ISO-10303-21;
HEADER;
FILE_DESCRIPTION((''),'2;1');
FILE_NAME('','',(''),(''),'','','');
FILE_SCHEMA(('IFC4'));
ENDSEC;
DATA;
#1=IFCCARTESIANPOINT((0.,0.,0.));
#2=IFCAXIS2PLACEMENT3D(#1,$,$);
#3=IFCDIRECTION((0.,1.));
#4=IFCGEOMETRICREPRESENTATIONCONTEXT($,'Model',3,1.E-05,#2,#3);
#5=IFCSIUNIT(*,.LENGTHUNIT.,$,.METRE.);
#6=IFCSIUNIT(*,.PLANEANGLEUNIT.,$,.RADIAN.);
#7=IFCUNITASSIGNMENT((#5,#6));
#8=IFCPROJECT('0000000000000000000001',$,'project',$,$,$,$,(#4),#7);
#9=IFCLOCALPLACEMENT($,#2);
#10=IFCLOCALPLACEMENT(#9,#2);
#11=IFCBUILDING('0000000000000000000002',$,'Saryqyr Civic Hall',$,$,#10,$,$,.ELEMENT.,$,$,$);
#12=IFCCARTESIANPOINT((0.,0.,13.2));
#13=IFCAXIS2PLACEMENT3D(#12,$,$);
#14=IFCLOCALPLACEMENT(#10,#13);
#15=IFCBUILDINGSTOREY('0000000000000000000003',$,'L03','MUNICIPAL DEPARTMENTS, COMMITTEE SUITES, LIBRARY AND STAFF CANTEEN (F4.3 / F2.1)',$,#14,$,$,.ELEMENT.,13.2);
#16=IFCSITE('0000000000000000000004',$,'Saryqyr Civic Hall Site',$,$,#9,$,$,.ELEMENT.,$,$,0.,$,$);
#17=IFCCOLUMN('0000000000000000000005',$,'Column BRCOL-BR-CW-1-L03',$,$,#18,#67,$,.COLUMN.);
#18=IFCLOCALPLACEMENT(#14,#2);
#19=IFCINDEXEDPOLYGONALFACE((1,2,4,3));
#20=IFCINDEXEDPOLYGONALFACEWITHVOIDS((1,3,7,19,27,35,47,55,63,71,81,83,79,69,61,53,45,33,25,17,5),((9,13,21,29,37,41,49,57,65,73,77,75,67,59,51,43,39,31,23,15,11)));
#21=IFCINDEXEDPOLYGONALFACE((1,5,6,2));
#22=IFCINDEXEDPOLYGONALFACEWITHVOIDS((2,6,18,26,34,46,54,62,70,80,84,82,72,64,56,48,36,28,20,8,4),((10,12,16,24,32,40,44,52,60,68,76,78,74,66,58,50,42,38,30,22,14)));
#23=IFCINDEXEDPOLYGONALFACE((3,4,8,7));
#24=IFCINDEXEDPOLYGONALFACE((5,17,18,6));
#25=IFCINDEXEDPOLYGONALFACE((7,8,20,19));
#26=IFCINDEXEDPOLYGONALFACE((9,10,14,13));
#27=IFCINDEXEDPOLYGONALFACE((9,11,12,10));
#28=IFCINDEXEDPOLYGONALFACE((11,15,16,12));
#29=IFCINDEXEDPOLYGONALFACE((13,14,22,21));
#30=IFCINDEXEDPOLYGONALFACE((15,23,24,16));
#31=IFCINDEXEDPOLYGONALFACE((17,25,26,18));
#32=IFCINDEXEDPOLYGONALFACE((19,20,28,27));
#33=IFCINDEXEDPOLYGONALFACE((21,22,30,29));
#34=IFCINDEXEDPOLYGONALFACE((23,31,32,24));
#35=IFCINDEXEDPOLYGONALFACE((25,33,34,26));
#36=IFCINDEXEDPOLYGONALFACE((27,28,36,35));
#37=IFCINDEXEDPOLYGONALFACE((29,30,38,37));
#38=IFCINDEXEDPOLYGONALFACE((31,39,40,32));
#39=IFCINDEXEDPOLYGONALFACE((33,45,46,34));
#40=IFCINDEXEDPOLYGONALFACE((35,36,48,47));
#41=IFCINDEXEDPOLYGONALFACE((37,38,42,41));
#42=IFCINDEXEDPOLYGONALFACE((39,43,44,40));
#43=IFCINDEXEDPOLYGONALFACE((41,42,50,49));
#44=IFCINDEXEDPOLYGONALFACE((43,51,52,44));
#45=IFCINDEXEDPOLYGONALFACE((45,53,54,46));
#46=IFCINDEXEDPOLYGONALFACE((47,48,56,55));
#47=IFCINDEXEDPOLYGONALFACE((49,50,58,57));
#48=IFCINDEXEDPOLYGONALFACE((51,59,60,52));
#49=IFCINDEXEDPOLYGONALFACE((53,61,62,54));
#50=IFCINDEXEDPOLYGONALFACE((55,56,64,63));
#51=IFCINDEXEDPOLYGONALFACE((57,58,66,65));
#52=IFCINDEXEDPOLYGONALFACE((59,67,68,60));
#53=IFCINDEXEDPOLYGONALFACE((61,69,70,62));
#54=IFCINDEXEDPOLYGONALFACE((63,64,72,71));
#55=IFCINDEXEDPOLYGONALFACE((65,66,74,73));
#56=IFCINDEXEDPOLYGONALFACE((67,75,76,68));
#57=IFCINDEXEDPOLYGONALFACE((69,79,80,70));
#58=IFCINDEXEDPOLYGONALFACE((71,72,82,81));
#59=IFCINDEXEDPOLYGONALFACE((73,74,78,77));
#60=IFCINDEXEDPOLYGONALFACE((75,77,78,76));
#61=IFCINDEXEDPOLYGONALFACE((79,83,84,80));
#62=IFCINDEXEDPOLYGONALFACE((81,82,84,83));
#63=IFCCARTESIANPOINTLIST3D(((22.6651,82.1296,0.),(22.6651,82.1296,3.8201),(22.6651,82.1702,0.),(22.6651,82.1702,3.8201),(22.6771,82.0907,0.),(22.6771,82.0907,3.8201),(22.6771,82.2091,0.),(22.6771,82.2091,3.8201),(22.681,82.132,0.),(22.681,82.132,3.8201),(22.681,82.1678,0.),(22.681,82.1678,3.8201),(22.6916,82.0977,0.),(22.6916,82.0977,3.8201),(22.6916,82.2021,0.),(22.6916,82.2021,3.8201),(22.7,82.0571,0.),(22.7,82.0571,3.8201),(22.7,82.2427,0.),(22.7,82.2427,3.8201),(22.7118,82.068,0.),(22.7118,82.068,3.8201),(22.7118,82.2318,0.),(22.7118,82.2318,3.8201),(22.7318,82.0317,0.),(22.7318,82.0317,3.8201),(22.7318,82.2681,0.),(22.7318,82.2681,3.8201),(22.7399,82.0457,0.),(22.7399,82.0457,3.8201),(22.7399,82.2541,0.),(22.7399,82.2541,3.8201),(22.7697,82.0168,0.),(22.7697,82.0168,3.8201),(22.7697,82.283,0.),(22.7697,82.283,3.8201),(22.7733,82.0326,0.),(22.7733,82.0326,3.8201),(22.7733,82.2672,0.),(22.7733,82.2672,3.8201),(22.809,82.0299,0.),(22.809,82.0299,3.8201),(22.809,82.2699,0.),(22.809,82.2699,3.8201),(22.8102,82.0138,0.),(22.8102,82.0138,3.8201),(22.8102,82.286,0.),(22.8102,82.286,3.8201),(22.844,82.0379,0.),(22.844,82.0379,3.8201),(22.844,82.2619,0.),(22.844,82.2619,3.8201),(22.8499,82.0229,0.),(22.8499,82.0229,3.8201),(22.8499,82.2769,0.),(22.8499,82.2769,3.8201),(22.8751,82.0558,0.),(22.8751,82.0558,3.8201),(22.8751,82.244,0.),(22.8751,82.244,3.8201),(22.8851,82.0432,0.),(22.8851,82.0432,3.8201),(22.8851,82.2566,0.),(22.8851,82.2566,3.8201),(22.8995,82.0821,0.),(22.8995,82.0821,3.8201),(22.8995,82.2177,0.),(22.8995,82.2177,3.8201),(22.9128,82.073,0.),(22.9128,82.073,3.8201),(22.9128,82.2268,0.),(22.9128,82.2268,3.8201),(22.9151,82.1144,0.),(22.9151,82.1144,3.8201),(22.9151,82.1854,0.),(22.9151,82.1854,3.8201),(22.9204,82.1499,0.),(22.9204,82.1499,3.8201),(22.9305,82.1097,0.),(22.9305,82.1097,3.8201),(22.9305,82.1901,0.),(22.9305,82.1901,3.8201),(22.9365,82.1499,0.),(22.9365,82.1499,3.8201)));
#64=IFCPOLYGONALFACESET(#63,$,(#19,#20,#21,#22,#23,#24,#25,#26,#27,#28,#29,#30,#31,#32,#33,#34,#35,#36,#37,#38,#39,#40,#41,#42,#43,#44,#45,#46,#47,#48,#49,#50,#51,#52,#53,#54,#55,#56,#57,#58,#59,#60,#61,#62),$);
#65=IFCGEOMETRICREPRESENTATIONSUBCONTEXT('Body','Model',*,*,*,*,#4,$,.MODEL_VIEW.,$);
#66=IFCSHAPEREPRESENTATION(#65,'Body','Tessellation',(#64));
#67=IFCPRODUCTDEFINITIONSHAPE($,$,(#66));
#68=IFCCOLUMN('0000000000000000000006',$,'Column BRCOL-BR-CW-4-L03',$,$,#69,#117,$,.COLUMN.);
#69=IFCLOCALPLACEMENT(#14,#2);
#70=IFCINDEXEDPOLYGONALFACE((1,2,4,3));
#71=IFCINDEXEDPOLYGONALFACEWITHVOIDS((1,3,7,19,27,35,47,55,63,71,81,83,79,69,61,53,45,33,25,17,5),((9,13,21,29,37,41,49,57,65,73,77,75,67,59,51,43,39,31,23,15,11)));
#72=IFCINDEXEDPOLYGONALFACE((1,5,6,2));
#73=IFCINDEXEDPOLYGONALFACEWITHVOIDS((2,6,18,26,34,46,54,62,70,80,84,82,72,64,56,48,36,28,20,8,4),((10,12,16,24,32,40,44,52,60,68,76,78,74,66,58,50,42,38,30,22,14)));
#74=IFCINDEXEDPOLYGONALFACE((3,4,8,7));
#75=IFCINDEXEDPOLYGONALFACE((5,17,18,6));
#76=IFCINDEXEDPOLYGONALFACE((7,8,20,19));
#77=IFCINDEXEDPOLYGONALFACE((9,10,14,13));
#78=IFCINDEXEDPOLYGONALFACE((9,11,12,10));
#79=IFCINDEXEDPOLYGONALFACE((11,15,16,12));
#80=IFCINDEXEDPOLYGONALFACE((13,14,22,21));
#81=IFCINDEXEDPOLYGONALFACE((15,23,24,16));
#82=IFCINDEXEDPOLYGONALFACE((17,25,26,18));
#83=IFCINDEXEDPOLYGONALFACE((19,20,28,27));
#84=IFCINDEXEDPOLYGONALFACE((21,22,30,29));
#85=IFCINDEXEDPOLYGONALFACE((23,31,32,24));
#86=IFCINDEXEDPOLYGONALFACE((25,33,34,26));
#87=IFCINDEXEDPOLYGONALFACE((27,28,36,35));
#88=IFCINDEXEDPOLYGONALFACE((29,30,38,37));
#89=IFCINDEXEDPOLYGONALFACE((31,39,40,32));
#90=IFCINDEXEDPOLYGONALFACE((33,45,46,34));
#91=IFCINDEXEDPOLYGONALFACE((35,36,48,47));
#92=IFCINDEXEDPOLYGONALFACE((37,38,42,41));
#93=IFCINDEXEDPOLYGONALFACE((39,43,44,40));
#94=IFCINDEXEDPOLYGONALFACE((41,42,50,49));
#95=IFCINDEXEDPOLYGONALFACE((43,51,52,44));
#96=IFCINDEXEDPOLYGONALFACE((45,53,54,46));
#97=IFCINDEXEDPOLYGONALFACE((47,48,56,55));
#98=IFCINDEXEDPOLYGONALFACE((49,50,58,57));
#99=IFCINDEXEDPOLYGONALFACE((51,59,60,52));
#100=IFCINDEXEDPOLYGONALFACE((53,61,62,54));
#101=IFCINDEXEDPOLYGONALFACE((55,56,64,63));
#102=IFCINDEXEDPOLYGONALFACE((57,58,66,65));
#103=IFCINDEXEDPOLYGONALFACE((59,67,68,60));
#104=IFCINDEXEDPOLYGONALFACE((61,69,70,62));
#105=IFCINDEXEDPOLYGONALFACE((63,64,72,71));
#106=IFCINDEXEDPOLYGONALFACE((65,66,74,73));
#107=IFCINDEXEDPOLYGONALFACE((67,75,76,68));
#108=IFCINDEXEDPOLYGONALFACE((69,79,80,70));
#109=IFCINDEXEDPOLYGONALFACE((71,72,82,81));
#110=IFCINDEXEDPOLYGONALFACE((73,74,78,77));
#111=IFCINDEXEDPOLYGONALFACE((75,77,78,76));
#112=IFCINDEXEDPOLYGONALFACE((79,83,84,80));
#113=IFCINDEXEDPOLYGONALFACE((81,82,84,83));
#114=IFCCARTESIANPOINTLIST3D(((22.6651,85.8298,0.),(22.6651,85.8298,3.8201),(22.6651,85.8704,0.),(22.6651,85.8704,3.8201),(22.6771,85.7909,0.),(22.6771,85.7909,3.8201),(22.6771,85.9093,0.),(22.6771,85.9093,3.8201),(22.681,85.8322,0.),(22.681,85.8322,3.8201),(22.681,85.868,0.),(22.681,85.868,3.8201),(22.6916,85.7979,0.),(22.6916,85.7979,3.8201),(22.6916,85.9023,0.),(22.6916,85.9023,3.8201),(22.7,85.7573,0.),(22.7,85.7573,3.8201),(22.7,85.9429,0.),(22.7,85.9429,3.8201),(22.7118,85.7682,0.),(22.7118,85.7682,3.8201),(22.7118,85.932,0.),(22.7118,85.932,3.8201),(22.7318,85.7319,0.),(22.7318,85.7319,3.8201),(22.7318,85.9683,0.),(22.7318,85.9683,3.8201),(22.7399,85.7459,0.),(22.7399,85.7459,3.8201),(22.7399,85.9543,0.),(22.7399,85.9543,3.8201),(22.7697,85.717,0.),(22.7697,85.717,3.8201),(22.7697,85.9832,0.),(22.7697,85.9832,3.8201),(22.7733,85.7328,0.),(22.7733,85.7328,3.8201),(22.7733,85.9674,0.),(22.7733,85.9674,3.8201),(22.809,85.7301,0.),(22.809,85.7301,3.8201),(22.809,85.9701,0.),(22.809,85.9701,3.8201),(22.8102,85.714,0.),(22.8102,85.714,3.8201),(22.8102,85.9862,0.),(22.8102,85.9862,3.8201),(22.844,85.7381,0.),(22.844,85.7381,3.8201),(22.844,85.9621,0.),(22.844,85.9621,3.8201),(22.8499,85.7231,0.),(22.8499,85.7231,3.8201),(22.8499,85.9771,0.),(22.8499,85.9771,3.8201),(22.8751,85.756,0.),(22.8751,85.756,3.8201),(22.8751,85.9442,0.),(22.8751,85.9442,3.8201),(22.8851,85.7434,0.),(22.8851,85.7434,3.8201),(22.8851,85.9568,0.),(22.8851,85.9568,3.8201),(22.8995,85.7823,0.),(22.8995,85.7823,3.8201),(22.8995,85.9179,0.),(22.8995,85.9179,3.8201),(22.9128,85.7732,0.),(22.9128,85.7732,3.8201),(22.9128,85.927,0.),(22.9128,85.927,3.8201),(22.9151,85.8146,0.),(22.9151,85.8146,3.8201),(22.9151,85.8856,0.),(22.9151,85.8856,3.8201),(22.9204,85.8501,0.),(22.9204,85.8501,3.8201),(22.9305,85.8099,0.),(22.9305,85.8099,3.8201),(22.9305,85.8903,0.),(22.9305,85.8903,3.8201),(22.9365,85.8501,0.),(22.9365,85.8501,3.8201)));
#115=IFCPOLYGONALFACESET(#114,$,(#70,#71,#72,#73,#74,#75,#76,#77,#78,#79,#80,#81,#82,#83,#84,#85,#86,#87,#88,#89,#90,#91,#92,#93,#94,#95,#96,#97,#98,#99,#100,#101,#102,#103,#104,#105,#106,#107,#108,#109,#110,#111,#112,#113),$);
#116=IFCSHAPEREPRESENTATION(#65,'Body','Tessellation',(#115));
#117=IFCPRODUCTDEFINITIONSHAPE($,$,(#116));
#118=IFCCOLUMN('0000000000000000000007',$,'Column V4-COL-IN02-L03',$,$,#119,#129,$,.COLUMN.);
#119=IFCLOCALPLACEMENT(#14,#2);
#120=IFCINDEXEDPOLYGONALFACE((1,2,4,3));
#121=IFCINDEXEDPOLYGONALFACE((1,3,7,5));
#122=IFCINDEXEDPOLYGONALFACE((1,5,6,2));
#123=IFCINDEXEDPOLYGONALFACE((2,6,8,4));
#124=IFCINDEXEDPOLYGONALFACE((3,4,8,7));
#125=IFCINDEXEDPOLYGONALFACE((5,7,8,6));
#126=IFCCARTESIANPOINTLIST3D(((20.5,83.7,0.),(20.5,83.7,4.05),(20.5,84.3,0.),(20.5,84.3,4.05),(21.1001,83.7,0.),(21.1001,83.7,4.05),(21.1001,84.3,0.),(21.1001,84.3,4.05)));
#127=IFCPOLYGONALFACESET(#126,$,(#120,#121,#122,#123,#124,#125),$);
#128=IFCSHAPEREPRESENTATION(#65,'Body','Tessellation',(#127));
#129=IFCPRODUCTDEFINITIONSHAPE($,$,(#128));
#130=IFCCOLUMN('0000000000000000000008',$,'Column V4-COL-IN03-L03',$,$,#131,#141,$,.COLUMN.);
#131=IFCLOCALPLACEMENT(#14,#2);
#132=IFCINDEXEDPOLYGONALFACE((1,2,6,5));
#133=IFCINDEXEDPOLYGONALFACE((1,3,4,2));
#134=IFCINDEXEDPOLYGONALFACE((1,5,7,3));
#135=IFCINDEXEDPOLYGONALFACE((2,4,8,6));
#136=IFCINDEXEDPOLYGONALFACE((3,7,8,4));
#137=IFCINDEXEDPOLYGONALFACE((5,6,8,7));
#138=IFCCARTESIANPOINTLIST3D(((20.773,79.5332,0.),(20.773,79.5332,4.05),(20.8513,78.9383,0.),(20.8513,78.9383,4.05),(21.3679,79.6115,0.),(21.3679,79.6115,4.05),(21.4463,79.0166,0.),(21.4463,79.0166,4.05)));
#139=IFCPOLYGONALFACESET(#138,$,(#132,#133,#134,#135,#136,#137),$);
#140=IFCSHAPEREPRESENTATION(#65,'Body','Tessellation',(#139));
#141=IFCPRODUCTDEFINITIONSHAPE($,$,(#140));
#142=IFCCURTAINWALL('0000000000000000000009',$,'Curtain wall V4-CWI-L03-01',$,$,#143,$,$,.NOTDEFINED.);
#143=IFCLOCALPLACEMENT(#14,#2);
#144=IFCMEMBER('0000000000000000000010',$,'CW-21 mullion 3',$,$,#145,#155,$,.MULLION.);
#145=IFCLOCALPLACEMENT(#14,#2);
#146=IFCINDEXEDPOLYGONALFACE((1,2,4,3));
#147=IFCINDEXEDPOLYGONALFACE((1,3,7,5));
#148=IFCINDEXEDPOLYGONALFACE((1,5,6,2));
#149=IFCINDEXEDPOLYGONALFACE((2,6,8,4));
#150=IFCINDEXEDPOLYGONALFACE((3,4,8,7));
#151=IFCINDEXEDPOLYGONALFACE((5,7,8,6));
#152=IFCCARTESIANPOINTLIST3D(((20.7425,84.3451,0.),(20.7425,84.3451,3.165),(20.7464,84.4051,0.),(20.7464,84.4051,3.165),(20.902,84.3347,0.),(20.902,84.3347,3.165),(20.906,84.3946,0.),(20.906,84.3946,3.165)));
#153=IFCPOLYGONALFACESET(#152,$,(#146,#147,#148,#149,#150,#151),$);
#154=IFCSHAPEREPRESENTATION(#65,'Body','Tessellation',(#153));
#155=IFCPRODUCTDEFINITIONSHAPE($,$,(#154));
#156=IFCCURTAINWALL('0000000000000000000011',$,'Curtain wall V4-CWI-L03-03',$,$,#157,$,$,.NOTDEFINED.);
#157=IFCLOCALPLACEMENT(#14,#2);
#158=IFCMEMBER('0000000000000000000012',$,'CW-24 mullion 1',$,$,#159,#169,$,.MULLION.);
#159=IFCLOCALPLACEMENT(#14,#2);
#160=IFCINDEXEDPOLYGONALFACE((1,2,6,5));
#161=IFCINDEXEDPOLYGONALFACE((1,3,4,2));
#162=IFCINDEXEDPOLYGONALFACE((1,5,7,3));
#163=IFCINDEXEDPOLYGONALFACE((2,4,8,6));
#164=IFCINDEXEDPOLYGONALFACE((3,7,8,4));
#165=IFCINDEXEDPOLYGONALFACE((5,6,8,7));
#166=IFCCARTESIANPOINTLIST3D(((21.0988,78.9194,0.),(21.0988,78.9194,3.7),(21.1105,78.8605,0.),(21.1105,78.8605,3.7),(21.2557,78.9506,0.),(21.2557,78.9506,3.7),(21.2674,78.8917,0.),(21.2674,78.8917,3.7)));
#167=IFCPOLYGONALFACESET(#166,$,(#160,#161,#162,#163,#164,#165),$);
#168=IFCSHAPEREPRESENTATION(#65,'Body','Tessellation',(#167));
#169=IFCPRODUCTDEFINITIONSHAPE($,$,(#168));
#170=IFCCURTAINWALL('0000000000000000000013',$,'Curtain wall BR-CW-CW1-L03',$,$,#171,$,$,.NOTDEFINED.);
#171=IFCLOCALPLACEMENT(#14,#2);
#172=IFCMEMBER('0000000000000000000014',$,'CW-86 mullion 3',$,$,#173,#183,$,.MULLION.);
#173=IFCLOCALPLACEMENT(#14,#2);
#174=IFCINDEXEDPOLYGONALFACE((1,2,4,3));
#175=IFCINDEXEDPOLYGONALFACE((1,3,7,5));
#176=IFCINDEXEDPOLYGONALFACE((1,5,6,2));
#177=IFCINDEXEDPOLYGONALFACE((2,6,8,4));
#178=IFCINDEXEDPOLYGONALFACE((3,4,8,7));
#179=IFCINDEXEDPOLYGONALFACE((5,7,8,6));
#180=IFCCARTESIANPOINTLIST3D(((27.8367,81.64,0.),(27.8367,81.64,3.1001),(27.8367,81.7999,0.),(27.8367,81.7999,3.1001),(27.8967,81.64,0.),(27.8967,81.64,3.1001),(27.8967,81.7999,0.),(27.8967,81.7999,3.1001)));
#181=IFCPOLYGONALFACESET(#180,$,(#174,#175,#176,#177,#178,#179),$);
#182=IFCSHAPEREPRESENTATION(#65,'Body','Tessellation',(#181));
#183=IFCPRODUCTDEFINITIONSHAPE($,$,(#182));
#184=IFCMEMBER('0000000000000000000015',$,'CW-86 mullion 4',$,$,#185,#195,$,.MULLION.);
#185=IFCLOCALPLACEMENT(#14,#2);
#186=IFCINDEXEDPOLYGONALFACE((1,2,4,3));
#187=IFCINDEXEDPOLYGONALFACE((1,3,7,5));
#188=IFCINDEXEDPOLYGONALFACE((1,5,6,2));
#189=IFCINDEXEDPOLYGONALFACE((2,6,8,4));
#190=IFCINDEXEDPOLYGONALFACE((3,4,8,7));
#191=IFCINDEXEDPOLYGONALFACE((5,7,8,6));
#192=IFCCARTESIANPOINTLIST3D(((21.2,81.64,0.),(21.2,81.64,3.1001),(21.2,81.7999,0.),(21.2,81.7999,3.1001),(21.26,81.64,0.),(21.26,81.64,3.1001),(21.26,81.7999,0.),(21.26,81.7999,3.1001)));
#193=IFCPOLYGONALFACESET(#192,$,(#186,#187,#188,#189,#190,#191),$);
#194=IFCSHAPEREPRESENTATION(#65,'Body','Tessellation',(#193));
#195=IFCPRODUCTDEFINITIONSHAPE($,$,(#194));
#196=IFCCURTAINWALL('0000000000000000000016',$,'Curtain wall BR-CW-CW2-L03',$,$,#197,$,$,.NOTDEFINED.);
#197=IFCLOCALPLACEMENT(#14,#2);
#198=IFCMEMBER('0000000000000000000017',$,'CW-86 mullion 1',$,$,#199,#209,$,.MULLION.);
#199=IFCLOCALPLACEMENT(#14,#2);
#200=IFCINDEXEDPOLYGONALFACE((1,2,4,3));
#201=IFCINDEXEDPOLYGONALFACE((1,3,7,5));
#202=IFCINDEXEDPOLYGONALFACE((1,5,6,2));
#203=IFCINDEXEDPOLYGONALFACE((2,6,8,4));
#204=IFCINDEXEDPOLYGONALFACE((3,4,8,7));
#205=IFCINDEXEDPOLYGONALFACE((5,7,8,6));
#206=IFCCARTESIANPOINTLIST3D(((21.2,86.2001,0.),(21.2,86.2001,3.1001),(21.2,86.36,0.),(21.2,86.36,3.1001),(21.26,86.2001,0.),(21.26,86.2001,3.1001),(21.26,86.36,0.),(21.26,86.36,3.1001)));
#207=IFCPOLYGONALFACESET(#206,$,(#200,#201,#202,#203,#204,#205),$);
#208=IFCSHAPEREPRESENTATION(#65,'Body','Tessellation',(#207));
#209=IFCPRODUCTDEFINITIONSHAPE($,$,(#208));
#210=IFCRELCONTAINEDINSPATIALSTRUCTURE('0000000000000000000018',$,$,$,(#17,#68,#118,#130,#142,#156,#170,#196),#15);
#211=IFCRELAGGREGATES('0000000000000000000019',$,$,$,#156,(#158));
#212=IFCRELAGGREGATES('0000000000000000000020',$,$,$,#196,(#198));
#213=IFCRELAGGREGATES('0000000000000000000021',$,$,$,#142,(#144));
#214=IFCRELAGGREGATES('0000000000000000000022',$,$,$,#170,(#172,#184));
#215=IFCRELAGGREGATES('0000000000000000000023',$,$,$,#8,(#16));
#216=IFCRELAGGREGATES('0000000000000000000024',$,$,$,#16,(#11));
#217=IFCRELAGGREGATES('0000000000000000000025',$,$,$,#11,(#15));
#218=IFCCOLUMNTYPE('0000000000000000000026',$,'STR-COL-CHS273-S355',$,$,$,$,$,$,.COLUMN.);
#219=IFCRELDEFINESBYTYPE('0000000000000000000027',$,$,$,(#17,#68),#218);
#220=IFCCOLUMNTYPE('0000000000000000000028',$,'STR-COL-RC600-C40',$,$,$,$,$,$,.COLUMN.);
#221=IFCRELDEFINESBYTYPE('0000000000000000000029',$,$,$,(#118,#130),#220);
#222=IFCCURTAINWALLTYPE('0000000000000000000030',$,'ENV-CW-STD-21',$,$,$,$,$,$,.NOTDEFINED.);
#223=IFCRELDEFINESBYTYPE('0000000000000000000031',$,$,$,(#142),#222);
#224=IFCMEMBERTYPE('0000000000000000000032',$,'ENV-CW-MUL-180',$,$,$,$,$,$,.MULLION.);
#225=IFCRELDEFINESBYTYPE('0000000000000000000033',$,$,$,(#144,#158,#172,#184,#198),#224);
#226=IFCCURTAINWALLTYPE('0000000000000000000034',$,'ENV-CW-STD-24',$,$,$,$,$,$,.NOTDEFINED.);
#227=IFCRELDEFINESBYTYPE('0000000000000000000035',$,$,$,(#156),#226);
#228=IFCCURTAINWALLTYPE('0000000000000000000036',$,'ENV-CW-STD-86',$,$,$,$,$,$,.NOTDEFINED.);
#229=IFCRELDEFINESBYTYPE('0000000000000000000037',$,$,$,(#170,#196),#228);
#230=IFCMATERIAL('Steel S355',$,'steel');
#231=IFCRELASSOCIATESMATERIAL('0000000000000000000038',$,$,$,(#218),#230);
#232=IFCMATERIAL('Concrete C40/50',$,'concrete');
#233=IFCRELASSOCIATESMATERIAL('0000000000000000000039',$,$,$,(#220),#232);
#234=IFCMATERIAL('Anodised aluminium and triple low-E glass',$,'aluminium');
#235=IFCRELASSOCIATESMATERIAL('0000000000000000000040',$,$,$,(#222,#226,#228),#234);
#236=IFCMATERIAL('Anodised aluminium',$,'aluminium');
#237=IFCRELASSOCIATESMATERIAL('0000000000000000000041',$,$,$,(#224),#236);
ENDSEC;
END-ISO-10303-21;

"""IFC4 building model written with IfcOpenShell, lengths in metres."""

from ifc_helpers import new_model, si_unit, direction, frame, origin, origin_2d, place, context, subcontext, project, spatial, rectangle, hollow_circle, extrude, material, material_profile, profile_set, type_object, element, aggregate, save


model = new_model("IFC4")

# Units and contexts
model_context = context("Model", 3, precision=1e-05, world=origin(), true_north=direction((0.0, 1.0)))
body_context = subcontext(model_context, "Body", "Model", "MODEL_VIEW")
ifc_project = project(units=[si_unit("LENGTHUNIT", "METRE"), si_unit("PLANEANGLEUNIT", "RADIAN")], contexts=[model_context])

# Site, building, storey
site_placement = place(None, origin())
site = spatial("IfcSite", under=ifc_project, at=site_placement, Name="Saryqyr Civic Hall Site", CompositionType="ELEMENT", RefElevation=0.0)
building_placement = place(site_placement, origin())
building = spatial("IfcBuilding", under=site, at=building_placement, Name="Saryqyr Civic Hall", CompositionType="ELEMENT")
storey_placement = place(building_placement, frame((0.0, 0.0, 13.2)))
storey = spatial("IfcBuildingStorey", under=building, at=storey_placement, Name="L03", Description="MUNICIPAL DEPARTMENTS, COMMITTEE SUITES, LIBRARY AND STAFF CANTEEN (F4.3 / F2.1)", CompositionType="ELEMENT", Elevation=13.2)

# Columns
ifc_material_1 = material(Name="Steel S355", Category="steel")
ifc_material_profile_1 = material_profile(ifc_material_1, hollow_circle(Radius=0.1365, WallThickness=0.0161, at=origin_2d()), Name="CHS 273x16")
ifc_profile_set_1 = profile_set([ifc_material_profile_1], Name="Steel S355")
column_type_1 = type_object("IfcColumnType", Name="STR-COL-CHS273-S355", PredefinedType="COLUMN", material=ifc_profile_set_1)
for number, where, z_axis, x_axis, name in (
    (1, (22.8, 82.1499, 0.0), (0.0, 0.0, 1.0), (1.0, 0.0, 0.0), "Column BRCOL-BR-CW-1-L03"),
    (2, (22.8, 85.8501, 0.0), (0.0, 0.0, 1.0), (1.0, 0.0, 0.0), "Column BRCOL-BR-CW-4-L03"),
):
    element("IfcColumn", number, at=place(storey_placement, frame(where, z_axis=z_axis, x_axis=x_axis)), inside=storey, type_object=column_type_1, Name=name, PredefinedType="COLUMN", context=body_context, shape_type="SweptSolid", body=[
        extrude(hollow_circle(Radius=0.1365, WallThickness=0.0161, at=origin_2d()), origin(), (0.0, 0.0, 1.0), 3.8201),
    ])
ifc_material_2 = material(Name="Concrete C40/50", Category="concrete")
ifc_material_profile_2 = material_profile(ifc_material_2, rectangle(XDim=0.6001, YDim=0.6001, at=origin_2d()), Name="RC 600x600")
ifc_profile_set_2 = profile_set([ifc_material_profile_2], Name="Concrete C40/50")
column_type_2 = type_object("IfcColumnType", Name="STR-COL-RC600-C40", PredefinedType="COLUMN", material=ifc_profile_set_2)
for number, where, z_axis, x_axis, name in (
    (3, (20.8, 84.0, 0.0), (0.0, 0.0, 1.0), (-1.0, 0.0, 0.0), "Column V4-COL-IN02-L03"),
    (4, (21.1096, 79.2749, 0.0), (0.0, 0.0, 1.0), (-0.991445, -0.130526, 0.0), "Column V4-COL-IN03-L03"),
):
    element("IfcColumn", number, at=place(storey_placement, frame(where, z_axis=z_axis, x_axis=x_axis)), inside=storey, type_object=column_type_2, Name=name, PredefinedType="COLUMN", context=body_context, shape_type="SweptSolid", body=[
        extrude(rectangle(XDim=0.6001, YDim=0.6001, at=origin_2d()), origin(), (0.0, 0.0, 1.0), 4.05),
    ])

# Curtain walls, members
ifc_material_3 = material(Name="Anodised aluminium and triple low-E glass", Category="aluminium")
curtain_wall_type_1 = type_object("IfcCurtainWallType", Name="ENV-CW-STD-21", PredefinedType="NOTDEFINED", material=ifc_material_3)
curtain_wall_1_placement = place(storey_placement, origin())
curtain_wall_1 = element("IfcCurtainWall", 5, at=curtain_wall_1_placement, inside=storey, type_object=curtain_wall_type_1, Name="Curtain wall V4-CWI-L03-01", PredefinedType="NOTDEFINED")
ifc_material_4 = material(Name="Anodised aluminium", Category="aluminium")
ifc_material_profile_3 = material_profile(ifc_material_4, rectangle(XDim=0.0601, YDim=0.1599, at=origin_2d()), Name="ALU MULLION 60x160")
ifc_profile_set_3 = profile_set([ifc_material_profile_3], Name="Anodised aluminium")
member_type_1 = type_object("IfcMemberType", Name="ENV-CW-MUL-180", PredefinedType="MULLION", material=ifc_profile_set_3)
member_1_placement = place(storey_placement, frame((20.8242, 84.3699, 0.0), z_axis=(0.0, 0.0, 1.0), x_axis=(-0.065397, -0.997859, 0.0)))
member_1 = element("IfcMember", 6, at=member_1_placement, type_object=member_type_1, Name="CW-21 mullion 3", PredefinedType="MULLION", context=body_context, shape_type="SweptSolid", body=[
    extrude(rectangle(XDim=0.0601, YDim=0.1599, at=origin_2d()), origin(), (0.0, 0.0, 1.0), 3.165),
])
curtain_wall_type_2 = type_object("IfcCurtainWallType", Name="ENV-CW-STD-24", PredefinedType="NOTDEFINED", material=ifc_material_3)
curtain_wall_2_placement = place(storey_placement, origin())
curtain_wall_2 = element("IfcCurtainWall", 7, at=curtain_wall_2_placement, inside=storey, type_object=curtain_wall_type_2, Name="Curtain wall V4-CWI-L03-03", PredefinedType="NOTDEFINED")
member_2_placement = place(storey_placement, frame((21.1831, 78.9055, 0.0), z_axis=(0.0, 0.0, 1.0), x_axis=(0.195099, -0.980783, 0.0)))
member_2 = element("IfcMember", 8, at=member_2_placement, type_object=member_type_1, Name="CW-24 mullion 1", PredefinedType="MULLION", context=body_context, shape_type="SweptSolid", body=[
    extrude(rectangle(XDim=0.0601, YDim=0.1599, at=origin_2d()), origin(), (0.0, 0.0, 1.0), 3.7),
])

# Curtain wall, members
curtain_wall_type_3 = type_object("IfcCurtainWallType", Name="ENV-CW-STD-86", PredefinedType="NOTDEFINED", material=ifc_material_3)
curtain_wall_3_placement = place(storey_placement, origin())
curtain_wall_3 = element("IfcCurtainWall", 9, at=curtain_wall_3_placement, inside=storey, type_object=curtain_wall_type_3, Name="Curtain wall BR-CW-CW1-L03", PredefinedType="NOTDEFINED")
member_3_placement = place(storey_placement, frame((27.8667, 81.72, 0.0), z_axis=(0.0, 0.0, 1.0), x_axis=(-1.0, 0.0, 0.0)))
member_3 = element("IfcMember", 10, at=member_3_placement, type_object=member_type_1, Name="CW-86 mullion 3", PredefinedType="MULLION", context=body_context, shape_type="SweptSolid", body=[
    extrude(rectangle(XDim=0.0601, YDim=0.1599, at=origin_2d()), origin(), (0.0, 0.0, 1.0), 3.1001),
])
member_4_placement = place(storey_placement, frame((21.23, 81.72, 0.0), z_axis=(0.0, 0.0, 1.0), x_axis=(-1.0, 0.0, 0.0)))
member_4 = element("IfcMember", 11, at=member_4_placement, type_object=member_type_1, Name="CW-86 mullion 4", PredefinedType="MULLION", context=body_context, shape_type="SweptSolid", body=[
    extrude(rectangle(XDim=0.0601, YDim=0.1599, at=origin_2d()), origin(), (0.0, 0.0, 1.0), 3.1001),
])

# Curtain wall, member
curtain_wall_4_placement = place(storey_placement, origin())
curtain_wall_4 = element("IfcCurtainWall", 12, at=curtain_wall_4_placement, inside=storey, type_object=curtain_wall_type_3, Name="Curtain wall BR-CW-CW2-L03", PredefinedType="NOTDEFINED")
member_5_placement = place(storey_placement, frame((21.23, 86.28, 0.0), z_axis=(0.0, 0.0, 1.0), x_axis=(1.0, 0.0, 0.0)))
member_5 = element("IfcMember", 13, at=member_5_placement, type_object=member_type_1, Name="CW-86 mullion 1", PredefinedType="MULLION", context=body_context, shape_type="SweptSolid", body=[
    extrude(rectangle(XDim=0.0601, YDim=0.1599, at=origin_2d()), origin(), (0.0, 0.0, 1.0), 3.1001),
])

aggregate(curtain_wall_2, [member_2])
aggregate(curtain_wall_4, [member_5])

aggregate(curtain_wall_1, [member_1])
aggregate(curtain_wall_3, [member_3, member_4])

save(model, "model.ifc")
